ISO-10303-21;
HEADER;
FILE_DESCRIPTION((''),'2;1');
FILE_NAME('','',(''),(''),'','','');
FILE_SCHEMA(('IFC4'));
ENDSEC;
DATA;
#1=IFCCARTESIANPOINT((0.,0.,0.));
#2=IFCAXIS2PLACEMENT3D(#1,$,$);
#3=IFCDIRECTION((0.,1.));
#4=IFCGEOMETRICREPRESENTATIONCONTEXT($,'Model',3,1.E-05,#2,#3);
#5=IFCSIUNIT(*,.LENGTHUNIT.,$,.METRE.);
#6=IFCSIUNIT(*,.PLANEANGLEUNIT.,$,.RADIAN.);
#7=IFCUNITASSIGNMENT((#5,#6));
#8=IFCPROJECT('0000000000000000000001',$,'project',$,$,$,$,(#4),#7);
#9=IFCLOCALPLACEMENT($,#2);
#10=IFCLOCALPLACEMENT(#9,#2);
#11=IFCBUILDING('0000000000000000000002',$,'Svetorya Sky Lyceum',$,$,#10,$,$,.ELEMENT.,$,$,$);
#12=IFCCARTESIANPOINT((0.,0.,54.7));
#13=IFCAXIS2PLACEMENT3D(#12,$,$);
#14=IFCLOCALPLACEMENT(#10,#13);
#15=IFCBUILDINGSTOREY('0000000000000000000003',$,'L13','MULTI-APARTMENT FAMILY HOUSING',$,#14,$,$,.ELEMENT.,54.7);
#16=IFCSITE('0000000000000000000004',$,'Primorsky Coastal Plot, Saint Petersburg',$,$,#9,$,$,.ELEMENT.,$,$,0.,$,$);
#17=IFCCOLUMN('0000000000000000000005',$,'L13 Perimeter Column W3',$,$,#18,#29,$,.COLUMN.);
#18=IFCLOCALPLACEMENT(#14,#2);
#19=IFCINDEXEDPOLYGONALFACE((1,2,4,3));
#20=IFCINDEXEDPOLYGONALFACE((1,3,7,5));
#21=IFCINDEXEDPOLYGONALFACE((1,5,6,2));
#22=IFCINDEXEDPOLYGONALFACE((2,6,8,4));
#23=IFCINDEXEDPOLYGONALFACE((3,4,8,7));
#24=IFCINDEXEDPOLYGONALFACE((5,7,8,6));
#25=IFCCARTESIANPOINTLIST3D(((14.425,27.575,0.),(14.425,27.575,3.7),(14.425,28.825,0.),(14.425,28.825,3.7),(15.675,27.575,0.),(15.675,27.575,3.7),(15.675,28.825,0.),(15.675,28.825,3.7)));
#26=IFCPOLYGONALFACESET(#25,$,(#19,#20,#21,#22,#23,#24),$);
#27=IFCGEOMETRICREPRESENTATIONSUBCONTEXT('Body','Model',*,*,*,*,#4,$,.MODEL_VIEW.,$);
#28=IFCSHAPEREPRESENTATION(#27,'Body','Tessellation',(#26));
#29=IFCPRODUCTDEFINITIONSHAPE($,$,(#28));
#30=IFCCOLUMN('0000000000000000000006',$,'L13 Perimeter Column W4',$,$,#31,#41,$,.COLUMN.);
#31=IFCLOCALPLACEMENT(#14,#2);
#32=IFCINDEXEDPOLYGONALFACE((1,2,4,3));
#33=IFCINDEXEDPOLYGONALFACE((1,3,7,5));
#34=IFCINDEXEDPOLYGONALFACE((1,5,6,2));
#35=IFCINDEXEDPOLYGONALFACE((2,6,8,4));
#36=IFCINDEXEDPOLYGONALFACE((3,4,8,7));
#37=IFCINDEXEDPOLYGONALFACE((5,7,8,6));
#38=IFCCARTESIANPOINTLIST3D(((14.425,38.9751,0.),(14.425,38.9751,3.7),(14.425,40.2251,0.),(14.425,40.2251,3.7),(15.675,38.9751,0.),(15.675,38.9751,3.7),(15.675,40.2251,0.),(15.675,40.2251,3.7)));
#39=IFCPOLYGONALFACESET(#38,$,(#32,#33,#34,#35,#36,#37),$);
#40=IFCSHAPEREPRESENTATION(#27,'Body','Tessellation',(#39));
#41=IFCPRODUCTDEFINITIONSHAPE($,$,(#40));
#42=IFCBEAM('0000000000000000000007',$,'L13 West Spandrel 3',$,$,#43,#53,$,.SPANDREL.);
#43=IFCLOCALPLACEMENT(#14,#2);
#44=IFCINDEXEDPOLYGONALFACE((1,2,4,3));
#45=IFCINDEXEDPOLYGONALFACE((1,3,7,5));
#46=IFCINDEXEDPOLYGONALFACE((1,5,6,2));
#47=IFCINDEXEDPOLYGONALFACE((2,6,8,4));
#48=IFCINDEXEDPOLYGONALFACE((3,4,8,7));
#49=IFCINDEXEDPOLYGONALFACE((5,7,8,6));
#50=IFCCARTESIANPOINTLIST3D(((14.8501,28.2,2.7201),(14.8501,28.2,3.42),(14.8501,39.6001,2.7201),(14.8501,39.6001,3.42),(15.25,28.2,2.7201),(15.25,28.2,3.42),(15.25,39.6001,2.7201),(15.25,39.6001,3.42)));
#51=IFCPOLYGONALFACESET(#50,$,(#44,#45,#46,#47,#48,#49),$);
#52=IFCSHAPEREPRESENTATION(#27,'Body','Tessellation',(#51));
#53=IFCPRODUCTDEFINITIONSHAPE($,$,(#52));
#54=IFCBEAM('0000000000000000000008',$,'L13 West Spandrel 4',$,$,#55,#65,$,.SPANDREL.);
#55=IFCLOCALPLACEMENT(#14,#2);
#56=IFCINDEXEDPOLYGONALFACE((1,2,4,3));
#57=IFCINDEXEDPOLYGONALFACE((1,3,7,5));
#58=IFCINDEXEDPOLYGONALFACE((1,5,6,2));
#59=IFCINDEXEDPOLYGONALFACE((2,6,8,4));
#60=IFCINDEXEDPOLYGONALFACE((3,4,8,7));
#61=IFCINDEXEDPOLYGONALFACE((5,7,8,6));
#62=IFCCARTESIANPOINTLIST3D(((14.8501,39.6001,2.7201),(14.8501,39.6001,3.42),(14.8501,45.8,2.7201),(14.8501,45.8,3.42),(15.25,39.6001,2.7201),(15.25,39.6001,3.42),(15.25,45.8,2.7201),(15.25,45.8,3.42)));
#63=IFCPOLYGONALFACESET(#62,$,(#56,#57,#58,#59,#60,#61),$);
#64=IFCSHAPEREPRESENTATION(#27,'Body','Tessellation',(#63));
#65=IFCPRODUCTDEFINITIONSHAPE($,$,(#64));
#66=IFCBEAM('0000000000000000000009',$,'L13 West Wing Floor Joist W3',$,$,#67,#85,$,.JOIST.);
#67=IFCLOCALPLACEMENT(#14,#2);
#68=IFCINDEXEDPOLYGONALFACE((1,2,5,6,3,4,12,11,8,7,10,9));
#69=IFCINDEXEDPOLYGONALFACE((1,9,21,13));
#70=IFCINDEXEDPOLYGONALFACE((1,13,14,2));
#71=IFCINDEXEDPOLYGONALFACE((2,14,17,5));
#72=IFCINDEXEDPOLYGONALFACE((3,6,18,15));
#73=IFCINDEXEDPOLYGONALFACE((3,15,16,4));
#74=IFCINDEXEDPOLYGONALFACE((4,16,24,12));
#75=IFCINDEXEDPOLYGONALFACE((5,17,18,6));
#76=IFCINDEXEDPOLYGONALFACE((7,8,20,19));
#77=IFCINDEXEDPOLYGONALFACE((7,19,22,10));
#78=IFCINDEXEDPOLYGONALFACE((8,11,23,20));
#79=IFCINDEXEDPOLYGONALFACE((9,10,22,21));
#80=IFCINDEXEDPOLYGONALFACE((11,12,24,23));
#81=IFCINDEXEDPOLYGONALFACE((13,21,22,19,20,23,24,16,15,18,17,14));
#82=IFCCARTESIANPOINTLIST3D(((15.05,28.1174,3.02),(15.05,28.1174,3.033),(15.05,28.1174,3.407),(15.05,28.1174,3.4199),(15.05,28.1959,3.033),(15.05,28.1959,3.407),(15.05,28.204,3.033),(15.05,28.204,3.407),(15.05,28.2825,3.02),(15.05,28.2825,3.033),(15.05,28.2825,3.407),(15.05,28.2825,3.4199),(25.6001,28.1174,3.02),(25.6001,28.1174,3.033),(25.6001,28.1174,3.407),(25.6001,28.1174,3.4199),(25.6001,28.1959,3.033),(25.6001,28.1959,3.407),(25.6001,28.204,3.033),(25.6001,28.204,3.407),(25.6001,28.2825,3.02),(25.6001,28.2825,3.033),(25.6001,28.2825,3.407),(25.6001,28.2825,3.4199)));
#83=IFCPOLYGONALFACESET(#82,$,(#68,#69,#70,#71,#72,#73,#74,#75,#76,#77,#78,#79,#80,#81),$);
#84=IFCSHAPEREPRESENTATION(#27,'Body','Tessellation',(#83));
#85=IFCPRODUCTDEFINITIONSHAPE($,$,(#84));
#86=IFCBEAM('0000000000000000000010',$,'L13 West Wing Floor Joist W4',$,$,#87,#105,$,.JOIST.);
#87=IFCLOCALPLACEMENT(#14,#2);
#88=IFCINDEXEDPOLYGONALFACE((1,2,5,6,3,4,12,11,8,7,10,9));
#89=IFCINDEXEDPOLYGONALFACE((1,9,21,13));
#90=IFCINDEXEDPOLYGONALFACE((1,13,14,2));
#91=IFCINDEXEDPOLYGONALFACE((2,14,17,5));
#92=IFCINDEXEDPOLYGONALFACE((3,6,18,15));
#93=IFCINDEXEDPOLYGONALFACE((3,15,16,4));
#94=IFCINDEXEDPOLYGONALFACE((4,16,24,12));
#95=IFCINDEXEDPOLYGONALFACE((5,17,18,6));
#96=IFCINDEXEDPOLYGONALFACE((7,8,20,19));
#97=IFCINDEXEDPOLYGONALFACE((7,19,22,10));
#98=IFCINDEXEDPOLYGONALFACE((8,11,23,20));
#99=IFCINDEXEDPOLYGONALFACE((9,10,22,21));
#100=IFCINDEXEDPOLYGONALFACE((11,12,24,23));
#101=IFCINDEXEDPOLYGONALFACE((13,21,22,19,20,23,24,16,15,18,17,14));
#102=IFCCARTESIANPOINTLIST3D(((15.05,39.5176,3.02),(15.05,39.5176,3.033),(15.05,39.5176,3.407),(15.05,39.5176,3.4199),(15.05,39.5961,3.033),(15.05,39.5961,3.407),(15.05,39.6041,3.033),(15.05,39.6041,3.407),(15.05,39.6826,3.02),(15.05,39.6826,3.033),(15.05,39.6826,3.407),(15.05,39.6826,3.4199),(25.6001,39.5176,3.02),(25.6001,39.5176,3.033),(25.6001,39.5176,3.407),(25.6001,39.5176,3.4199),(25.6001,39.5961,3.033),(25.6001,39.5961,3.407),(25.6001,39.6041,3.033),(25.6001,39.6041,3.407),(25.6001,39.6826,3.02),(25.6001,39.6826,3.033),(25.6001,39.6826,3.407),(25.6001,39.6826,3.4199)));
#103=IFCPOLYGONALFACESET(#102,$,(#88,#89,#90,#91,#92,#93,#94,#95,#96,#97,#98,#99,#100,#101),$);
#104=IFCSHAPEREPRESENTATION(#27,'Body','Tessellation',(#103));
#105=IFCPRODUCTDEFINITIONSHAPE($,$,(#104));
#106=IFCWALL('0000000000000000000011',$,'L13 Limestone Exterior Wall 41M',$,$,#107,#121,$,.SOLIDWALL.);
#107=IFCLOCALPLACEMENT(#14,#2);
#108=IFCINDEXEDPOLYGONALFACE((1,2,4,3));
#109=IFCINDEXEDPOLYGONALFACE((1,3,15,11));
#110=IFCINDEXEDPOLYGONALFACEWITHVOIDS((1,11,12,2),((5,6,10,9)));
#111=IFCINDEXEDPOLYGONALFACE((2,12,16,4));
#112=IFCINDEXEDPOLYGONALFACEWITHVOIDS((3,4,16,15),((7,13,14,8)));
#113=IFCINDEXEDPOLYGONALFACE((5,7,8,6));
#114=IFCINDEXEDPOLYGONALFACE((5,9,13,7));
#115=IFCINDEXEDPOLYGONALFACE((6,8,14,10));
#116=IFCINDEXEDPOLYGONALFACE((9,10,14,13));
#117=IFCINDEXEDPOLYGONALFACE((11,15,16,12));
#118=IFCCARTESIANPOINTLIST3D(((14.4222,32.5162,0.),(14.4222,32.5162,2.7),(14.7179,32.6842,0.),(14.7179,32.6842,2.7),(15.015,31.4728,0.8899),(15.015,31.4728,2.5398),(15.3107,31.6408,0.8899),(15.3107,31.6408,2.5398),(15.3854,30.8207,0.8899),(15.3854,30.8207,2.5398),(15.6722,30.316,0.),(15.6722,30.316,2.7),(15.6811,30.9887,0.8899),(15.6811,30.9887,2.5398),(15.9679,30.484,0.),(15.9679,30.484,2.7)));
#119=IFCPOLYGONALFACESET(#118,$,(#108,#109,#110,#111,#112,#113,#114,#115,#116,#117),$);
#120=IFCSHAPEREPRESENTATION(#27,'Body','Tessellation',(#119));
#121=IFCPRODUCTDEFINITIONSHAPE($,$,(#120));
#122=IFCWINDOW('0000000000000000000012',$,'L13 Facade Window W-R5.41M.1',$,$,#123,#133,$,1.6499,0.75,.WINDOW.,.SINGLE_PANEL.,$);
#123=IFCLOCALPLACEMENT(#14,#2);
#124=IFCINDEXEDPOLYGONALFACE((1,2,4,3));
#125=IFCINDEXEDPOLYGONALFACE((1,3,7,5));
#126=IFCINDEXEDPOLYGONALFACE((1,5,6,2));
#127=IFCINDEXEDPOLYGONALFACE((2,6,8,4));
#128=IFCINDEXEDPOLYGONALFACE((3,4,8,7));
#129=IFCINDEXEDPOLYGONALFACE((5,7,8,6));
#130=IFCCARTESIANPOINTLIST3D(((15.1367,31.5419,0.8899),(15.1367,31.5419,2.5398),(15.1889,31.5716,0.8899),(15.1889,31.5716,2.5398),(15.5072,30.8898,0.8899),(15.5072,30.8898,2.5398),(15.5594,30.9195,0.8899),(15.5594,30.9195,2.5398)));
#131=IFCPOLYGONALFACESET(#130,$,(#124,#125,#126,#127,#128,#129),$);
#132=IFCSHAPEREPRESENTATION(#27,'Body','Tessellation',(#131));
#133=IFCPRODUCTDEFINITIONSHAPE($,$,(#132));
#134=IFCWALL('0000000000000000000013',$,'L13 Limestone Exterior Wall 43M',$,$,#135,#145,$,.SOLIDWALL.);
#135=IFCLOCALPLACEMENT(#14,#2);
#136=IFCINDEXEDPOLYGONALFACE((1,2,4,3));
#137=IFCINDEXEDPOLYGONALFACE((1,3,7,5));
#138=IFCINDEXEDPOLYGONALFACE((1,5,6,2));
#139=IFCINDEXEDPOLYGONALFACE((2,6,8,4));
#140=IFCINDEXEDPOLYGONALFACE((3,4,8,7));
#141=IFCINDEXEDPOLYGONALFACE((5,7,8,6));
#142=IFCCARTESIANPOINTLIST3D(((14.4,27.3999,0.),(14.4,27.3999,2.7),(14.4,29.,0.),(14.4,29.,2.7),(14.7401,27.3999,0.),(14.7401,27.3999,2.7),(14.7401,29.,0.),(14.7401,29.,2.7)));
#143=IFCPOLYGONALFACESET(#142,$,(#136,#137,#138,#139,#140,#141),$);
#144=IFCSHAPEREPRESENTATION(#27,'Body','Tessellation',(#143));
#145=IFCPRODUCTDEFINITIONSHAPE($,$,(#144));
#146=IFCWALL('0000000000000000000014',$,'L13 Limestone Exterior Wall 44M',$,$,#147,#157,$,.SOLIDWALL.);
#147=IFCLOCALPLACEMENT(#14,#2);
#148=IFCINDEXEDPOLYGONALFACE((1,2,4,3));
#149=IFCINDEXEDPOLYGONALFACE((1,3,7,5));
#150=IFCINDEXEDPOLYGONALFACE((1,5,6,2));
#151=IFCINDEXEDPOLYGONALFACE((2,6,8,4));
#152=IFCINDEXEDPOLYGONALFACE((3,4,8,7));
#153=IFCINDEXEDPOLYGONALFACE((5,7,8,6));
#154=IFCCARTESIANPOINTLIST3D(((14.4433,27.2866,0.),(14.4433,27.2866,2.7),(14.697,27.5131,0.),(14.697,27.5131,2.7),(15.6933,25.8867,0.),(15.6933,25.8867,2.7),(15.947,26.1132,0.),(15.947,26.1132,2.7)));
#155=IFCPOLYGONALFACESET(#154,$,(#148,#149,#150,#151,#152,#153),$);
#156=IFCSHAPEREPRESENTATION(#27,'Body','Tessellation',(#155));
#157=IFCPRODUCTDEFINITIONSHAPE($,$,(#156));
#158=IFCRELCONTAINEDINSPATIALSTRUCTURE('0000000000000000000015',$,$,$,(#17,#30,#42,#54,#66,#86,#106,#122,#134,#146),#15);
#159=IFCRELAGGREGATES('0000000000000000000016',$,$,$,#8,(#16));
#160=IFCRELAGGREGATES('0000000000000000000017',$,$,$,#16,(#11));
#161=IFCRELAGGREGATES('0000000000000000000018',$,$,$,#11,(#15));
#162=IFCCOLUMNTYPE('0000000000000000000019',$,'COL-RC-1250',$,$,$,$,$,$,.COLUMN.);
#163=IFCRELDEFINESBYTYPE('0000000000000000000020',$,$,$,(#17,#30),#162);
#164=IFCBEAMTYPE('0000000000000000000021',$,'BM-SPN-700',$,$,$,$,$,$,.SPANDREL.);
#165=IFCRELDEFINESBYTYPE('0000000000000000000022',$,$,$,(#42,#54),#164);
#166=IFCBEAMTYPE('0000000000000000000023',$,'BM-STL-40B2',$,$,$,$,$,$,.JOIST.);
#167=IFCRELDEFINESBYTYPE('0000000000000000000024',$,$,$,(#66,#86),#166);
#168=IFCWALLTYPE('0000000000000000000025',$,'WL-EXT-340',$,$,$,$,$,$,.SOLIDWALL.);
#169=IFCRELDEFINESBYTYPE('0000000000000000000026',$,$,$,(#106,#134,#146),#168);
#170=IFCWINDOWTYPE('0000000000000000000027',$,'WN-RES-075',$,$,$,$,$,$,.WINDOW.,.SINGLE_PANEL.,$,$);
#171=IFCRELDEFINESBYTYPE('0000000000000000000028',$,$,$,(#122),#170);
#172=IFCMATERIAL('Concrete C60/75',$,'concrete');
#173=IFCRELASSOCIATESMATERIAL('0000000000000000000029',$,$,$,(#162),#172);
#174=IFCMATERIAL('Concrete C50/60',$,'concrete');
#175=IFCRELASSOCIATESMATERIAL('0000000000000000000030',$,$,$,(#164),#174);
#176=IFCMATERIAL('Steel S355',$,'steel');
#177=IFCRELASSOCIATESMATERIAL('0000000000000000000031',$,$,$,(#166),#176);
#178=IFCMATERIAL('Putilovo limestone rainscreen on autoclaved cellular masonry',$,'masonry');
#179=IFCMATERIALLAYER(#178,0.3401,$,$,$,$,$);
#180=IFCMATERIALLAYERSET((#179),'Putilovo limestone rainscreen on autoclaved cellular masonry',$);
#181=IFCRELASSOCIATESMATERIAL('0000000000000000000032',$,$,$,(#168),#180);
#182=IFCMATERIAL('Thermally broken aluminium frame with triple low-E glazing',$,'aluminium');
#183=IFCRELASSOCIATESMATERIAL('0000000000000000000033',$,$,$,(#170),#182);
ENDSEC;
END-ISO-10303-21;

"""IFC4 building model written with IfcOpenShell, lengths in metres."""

from ifc_helpers import new_model, si_unit, direction, frame, frame_2d, origin, origin_2d, place, context, subcontext, project, spatial, rectangle, i_section, extrude, material, layer, layer_set, material_profile, profile_set, type_object, element, fill, save


model = new_model("IFC4")

# Units and contexts
model_context = context("Model", 3, precision=1e-05, world=origin(), true_north=direction((0.0, 1.0)))
body_context = subcontext(model_context, "Body", "Model", "MODEL_VIEW")
ifc_project = project(units=[si_unit("LENGTHUNIT", "METRE"), si_unit("PLANEANGLEUNIT", "RADIAN")], contexts=[model_context])

# Site, building, storey
site_placement = place(None, origin())
site = spatial("IfcSite", under=ifc_project, at=site_placement, Name="Primorsky Coastal Plot, Saint Petersburg", CompositionType="ELEMENT", RefElevation=0.0)
building_placement = place(site_placement, origin())
building = spatial("IfcBuilding", under=site, at=building_placement, Name="Svetorya Sky Lyceum", CompositionType="ELEMENT")
storey_placement = place(building_placement, frame((0.0, 0.0, 54.7)))
storey = spatial("IfcBuildingStorey", under=building, at=storey_placement, Name="L13", Description="MULTI-APARTMENT FAMILY HOUSING", CompositionType="ELEMENT", Elevation=54.7)

# Columns
ifc_material_1 = material(Name="Concrete C60/75", Category="concrete")
ifc_material_profile_1 = material_profile(ifc_material_1, rectangle(XDim=1.25, YDim=1.25, at=origin_2d()), Name="RC COL 1250x1250")
ifc_profile_set_1 = profile_set([ifc_material_profile_1], Name="Concrete C60/75")
column_type = type_object("IfcColumnType", Name="COL-RC-1250", PredefinedType="COLUMN", material=ifc_profile_set_1)
for number, where, z_axis, x_axis, name in (
    (1, (15.05, 28.2, 0.0), (0.0, 0.0, 1.0), (1.0, 0.0, 0.0), "L13 Perimeter Column W3"),
    (2, (15.05, 39.6001, 0.0), (0.0, 0.0, 1.0), (1.0, 0.0, 0.0), "L13 Perimeter Column W4"),
):
    element("IfcColumn", number, at=place(storey_placement, frame(where, z_axis=z_axis, x_axis=x_axis)), inside=storey, type_object=column_type, Name=name, PredefinedType="COLUMN", context=body_context, shape_type="SweptSolid", body=[
        extrude(rectangle(XDim=1.25, YDim=1.25, at=origin_2d()), origin(), (0.0, 0.0, 1.0), 3.7),
    ])

# Beams
ifc_material_2 = material(Name="Concrete C50/60", Category="concrete")
ifc_material_profile_2 = material_profile(ifc_material_2, rectangle(XDim=0.3999, YDim=0.7, at=origin_2d()), Name="RC SPANDREL 400x700")
ifc_profile_set_2 = profile_set([ifc_material_profile_2], Name="Concrete C50/60")
beam_type_1 = type_object("IfcBeamType", Name="BM-SPN-700", PredefinedType="SPANDREL", material=ifc_profile_set_2)
beam_1_placement = place(storey_placement, frame((15.05, 28.2, 3.0701), z_axis=(0.0, 1.0, 0.0), x_axis=(-1.0, 0.0, 0.0)))
element("IfcBeam", 3, at=beam_1_placement, inside=storey, type_object=beam_type_1, Name="L13 West Spandrel 3", PredefinedType="SPANDREL", context=body_context, shape_type="SweptSolid", body=[
    extrude(rectangle(XDim=0.3999, YDim=0.7, at=origin_2d()), origin(), (0.0, 0.0, 1.0), 11.4001),
])
beam_2_placement = place(storey_placement, frame((15.05, 39.6001, 3.0701), z_axis=(0.0, 1.0, 0.0), x_axis=(-1.0, 0.0, 0.0)))
element("IfcBeam", 4, at=beam_2_placement, inside=storey, type_object=beam_type_1, Name="L13 West Spandrel 4", PredefinedType="SPANDREL", context=body_context, shape_type="SweptSolid", body=[
    extrude(rectangle(XDim=0.3999, YDim=0.7, at=origin_2d()), origin(), (0.0, 0.0, 1.0), 6.2),
])
ifc_material_3 = material(Name="Steel S355", Category="steel")
ifc_material_profile_3 = material_profile(ifc_material_3, i_section(OverallWidth=0.165, OverallDepth=0.3999, WebThickness=0.0081, FlangeThickness=0.0129, at=origin_2d()), Name="GOST 40B2")
ifc_profile_set_3 = profile_set([ifc_material_profile_3], Name="Steel S355")
beam_type_2 = type_object("IfcBeamType", Name="BM-STL-40B2", PredefinedType="JOIST", material=ifc_profile_set_3)
for number, where, z_axis, x_axis, name in (
    (5, (15.05, 28.2, 3.22), (1.0, 0.0, 0.0), (0.0, 1.0, 0.0), "L13 West Wing Floor Joist W3"),
    (6, (15.05, 39.6001, 3.22), (1.0, 0.0, 0.0), (0.0, 1.0, 0.0), "L13 West Wing Floor Joist W4"),
):
    element("IfcBeam", number, at=place(storey_placement, frame(where, z_axis=z_axis, x_axis=x_axis)), inside=storey, type_object=beam_type_2, Name=name, PredefinedType="JOIST", context=body_context, shape_type="SweptSolid", body=[
        extrude(i_section(OverallWidth=0.165, OverallDepth=0.3999, WebThickness=0.0081, FlangeThickness=0.0129, at=origin_2d()), origin(), (0.0, 0.0, 1.0), 10.55),
    ])

# Wall, opening, window
ifc_material_4 = material(Name="Putilovo limestone rainscreen on autoclaved cellular masonry", Category="masonry")
ifc_layer_1 = layer(ifc_material_4, 0.3401)
ifc_layer_set_1 = layer_set([ifc_layer_1], Name="Putilovo limestone rainscreen on autoclaved cellular masonry")
wall_type_1 = type_object("IfcWallType", Name="WL-EXT-340", PredefinedType="SOLIDWALL", material=ifc_layer_set_1)
wall_1_placement = place(storey_placement, frame((14.5701, 32.6001, 0.0), z_axis=(0.0, 0.0, 1.0), x_axis=(0.493976, -0.869475, 0.0)))
wall_1 = element("IfcWall", 7, at=wall_1_placement, inside=storey, type_object=wall_type_1, Name="L13 Limestone Exterior Wall 41M", PredefinedType="SOLIDWALL", context=body_context, shape_type="SweptSolid", body=[
    extrude(rectangle(XDim=2.5305, YDim=0.3401, at=frame_2d((1.2651, 0.0))), origin(), (0.0, 0.0, 1.0), 2.7),
])
opening_1_placement = place(wall_1_placement, frame((1.2, 0.0, 0.8899)))
opening_1 = element("IfcOpeningElement", 8, at=opening_1_placement, cuts=wall_1, PredefinedType="OPENING", context=body_context, shape_type="SweptSolid", body=[
    extrude(rectangle(XDim=0.75, YDim=1.6499, at=frame_2d((0.375, 0.825))), frame((0.0, 0.1799, 0.0), z_axis=(0.0, -1.0, 0.0), x_axis=(1.0, 0.0, 0.0)), (0.0, 0.0, 1.0), 0.3601),
])
ifc_material_5 = material(Name="Thermally broken aluminium frame with triple low-E glazing", Category="aluminium")
window_type_1 = type_object("IfcWindowType", Name="WN-RES-075", PartitioningType="SINGLE_PANEL", PredefinedType="WINDOW", material=ifc_material_5)
window_1_placement = place(opening_1_placement, origin())
window_1 = element("IfcWindow", 9, at=window_1_placement, inside=storey, type_object=window_type_1, Name="L13 Facade Window W-R5.41M.1", OverallHeight=1.6499, OverallWidth=0.75, PartitioningType="SINGLE_PANEL", PredefinedType="WINDOW", context=body_context, shape_type="SweptSolid", body=[
    extrude(rectangle(XDim=0.75, YDim=1.6499, at=frame_2d((0.375, 0.825))), frame((0.0, 0.03, 0.0), z_axis=(0.0, -1.0, 0.0), x_axis=(1.0, 0.0, 0.0)), (0.0, 0.0, 1.0), 0.0601),
])
fill(opening_1, window_1)

# Walls
wall_2_placement = place(storey_placement, frame((14.5701, 29.0, 0.0), z_axis=(0.0, 0.0, 1.0), x_axis=(0.0, -1.0, 0.0)))
element("IfcWall", 10, at=wall_2_placement, inside=storey, type_object=wall_type_1, Name="L13 Limestone Exterior Wall 43M", PredefinedType="SOLIDWALL", context=body_context, shape_type="SweptSolid", body=[
    extrude(rectangle(XDim=1.6001, YDim=0.3401, at=frame_2d((0.8, 0.0))), origin(), (0.0, 0.0, 1.0), 2.7),
])
wall_3_placement = place(storey_placement, frame((14.5701, 27.3999, 0.0), z_axis=(0.0, 0.0, 1.0), x_axis=(0.666042, -0.745915, 0.0)))
element("IfcWall", 11, at=wall_3_placement, inside=storey, type_object=wall_type_1, Name="L13 Limestone Exterior Wall 44M", PredefinedType="SOLIDWALL", context=body_context, shape_type="SweptSolid", body=[
    extrude(rectangle(XDim=1.8767, YDim=0.3401, at=frame_2d((0.9385, 0.0))), origin(), (0.0, 0.0, 1.0), 2.7),
])

save(model, "model.ifc")
